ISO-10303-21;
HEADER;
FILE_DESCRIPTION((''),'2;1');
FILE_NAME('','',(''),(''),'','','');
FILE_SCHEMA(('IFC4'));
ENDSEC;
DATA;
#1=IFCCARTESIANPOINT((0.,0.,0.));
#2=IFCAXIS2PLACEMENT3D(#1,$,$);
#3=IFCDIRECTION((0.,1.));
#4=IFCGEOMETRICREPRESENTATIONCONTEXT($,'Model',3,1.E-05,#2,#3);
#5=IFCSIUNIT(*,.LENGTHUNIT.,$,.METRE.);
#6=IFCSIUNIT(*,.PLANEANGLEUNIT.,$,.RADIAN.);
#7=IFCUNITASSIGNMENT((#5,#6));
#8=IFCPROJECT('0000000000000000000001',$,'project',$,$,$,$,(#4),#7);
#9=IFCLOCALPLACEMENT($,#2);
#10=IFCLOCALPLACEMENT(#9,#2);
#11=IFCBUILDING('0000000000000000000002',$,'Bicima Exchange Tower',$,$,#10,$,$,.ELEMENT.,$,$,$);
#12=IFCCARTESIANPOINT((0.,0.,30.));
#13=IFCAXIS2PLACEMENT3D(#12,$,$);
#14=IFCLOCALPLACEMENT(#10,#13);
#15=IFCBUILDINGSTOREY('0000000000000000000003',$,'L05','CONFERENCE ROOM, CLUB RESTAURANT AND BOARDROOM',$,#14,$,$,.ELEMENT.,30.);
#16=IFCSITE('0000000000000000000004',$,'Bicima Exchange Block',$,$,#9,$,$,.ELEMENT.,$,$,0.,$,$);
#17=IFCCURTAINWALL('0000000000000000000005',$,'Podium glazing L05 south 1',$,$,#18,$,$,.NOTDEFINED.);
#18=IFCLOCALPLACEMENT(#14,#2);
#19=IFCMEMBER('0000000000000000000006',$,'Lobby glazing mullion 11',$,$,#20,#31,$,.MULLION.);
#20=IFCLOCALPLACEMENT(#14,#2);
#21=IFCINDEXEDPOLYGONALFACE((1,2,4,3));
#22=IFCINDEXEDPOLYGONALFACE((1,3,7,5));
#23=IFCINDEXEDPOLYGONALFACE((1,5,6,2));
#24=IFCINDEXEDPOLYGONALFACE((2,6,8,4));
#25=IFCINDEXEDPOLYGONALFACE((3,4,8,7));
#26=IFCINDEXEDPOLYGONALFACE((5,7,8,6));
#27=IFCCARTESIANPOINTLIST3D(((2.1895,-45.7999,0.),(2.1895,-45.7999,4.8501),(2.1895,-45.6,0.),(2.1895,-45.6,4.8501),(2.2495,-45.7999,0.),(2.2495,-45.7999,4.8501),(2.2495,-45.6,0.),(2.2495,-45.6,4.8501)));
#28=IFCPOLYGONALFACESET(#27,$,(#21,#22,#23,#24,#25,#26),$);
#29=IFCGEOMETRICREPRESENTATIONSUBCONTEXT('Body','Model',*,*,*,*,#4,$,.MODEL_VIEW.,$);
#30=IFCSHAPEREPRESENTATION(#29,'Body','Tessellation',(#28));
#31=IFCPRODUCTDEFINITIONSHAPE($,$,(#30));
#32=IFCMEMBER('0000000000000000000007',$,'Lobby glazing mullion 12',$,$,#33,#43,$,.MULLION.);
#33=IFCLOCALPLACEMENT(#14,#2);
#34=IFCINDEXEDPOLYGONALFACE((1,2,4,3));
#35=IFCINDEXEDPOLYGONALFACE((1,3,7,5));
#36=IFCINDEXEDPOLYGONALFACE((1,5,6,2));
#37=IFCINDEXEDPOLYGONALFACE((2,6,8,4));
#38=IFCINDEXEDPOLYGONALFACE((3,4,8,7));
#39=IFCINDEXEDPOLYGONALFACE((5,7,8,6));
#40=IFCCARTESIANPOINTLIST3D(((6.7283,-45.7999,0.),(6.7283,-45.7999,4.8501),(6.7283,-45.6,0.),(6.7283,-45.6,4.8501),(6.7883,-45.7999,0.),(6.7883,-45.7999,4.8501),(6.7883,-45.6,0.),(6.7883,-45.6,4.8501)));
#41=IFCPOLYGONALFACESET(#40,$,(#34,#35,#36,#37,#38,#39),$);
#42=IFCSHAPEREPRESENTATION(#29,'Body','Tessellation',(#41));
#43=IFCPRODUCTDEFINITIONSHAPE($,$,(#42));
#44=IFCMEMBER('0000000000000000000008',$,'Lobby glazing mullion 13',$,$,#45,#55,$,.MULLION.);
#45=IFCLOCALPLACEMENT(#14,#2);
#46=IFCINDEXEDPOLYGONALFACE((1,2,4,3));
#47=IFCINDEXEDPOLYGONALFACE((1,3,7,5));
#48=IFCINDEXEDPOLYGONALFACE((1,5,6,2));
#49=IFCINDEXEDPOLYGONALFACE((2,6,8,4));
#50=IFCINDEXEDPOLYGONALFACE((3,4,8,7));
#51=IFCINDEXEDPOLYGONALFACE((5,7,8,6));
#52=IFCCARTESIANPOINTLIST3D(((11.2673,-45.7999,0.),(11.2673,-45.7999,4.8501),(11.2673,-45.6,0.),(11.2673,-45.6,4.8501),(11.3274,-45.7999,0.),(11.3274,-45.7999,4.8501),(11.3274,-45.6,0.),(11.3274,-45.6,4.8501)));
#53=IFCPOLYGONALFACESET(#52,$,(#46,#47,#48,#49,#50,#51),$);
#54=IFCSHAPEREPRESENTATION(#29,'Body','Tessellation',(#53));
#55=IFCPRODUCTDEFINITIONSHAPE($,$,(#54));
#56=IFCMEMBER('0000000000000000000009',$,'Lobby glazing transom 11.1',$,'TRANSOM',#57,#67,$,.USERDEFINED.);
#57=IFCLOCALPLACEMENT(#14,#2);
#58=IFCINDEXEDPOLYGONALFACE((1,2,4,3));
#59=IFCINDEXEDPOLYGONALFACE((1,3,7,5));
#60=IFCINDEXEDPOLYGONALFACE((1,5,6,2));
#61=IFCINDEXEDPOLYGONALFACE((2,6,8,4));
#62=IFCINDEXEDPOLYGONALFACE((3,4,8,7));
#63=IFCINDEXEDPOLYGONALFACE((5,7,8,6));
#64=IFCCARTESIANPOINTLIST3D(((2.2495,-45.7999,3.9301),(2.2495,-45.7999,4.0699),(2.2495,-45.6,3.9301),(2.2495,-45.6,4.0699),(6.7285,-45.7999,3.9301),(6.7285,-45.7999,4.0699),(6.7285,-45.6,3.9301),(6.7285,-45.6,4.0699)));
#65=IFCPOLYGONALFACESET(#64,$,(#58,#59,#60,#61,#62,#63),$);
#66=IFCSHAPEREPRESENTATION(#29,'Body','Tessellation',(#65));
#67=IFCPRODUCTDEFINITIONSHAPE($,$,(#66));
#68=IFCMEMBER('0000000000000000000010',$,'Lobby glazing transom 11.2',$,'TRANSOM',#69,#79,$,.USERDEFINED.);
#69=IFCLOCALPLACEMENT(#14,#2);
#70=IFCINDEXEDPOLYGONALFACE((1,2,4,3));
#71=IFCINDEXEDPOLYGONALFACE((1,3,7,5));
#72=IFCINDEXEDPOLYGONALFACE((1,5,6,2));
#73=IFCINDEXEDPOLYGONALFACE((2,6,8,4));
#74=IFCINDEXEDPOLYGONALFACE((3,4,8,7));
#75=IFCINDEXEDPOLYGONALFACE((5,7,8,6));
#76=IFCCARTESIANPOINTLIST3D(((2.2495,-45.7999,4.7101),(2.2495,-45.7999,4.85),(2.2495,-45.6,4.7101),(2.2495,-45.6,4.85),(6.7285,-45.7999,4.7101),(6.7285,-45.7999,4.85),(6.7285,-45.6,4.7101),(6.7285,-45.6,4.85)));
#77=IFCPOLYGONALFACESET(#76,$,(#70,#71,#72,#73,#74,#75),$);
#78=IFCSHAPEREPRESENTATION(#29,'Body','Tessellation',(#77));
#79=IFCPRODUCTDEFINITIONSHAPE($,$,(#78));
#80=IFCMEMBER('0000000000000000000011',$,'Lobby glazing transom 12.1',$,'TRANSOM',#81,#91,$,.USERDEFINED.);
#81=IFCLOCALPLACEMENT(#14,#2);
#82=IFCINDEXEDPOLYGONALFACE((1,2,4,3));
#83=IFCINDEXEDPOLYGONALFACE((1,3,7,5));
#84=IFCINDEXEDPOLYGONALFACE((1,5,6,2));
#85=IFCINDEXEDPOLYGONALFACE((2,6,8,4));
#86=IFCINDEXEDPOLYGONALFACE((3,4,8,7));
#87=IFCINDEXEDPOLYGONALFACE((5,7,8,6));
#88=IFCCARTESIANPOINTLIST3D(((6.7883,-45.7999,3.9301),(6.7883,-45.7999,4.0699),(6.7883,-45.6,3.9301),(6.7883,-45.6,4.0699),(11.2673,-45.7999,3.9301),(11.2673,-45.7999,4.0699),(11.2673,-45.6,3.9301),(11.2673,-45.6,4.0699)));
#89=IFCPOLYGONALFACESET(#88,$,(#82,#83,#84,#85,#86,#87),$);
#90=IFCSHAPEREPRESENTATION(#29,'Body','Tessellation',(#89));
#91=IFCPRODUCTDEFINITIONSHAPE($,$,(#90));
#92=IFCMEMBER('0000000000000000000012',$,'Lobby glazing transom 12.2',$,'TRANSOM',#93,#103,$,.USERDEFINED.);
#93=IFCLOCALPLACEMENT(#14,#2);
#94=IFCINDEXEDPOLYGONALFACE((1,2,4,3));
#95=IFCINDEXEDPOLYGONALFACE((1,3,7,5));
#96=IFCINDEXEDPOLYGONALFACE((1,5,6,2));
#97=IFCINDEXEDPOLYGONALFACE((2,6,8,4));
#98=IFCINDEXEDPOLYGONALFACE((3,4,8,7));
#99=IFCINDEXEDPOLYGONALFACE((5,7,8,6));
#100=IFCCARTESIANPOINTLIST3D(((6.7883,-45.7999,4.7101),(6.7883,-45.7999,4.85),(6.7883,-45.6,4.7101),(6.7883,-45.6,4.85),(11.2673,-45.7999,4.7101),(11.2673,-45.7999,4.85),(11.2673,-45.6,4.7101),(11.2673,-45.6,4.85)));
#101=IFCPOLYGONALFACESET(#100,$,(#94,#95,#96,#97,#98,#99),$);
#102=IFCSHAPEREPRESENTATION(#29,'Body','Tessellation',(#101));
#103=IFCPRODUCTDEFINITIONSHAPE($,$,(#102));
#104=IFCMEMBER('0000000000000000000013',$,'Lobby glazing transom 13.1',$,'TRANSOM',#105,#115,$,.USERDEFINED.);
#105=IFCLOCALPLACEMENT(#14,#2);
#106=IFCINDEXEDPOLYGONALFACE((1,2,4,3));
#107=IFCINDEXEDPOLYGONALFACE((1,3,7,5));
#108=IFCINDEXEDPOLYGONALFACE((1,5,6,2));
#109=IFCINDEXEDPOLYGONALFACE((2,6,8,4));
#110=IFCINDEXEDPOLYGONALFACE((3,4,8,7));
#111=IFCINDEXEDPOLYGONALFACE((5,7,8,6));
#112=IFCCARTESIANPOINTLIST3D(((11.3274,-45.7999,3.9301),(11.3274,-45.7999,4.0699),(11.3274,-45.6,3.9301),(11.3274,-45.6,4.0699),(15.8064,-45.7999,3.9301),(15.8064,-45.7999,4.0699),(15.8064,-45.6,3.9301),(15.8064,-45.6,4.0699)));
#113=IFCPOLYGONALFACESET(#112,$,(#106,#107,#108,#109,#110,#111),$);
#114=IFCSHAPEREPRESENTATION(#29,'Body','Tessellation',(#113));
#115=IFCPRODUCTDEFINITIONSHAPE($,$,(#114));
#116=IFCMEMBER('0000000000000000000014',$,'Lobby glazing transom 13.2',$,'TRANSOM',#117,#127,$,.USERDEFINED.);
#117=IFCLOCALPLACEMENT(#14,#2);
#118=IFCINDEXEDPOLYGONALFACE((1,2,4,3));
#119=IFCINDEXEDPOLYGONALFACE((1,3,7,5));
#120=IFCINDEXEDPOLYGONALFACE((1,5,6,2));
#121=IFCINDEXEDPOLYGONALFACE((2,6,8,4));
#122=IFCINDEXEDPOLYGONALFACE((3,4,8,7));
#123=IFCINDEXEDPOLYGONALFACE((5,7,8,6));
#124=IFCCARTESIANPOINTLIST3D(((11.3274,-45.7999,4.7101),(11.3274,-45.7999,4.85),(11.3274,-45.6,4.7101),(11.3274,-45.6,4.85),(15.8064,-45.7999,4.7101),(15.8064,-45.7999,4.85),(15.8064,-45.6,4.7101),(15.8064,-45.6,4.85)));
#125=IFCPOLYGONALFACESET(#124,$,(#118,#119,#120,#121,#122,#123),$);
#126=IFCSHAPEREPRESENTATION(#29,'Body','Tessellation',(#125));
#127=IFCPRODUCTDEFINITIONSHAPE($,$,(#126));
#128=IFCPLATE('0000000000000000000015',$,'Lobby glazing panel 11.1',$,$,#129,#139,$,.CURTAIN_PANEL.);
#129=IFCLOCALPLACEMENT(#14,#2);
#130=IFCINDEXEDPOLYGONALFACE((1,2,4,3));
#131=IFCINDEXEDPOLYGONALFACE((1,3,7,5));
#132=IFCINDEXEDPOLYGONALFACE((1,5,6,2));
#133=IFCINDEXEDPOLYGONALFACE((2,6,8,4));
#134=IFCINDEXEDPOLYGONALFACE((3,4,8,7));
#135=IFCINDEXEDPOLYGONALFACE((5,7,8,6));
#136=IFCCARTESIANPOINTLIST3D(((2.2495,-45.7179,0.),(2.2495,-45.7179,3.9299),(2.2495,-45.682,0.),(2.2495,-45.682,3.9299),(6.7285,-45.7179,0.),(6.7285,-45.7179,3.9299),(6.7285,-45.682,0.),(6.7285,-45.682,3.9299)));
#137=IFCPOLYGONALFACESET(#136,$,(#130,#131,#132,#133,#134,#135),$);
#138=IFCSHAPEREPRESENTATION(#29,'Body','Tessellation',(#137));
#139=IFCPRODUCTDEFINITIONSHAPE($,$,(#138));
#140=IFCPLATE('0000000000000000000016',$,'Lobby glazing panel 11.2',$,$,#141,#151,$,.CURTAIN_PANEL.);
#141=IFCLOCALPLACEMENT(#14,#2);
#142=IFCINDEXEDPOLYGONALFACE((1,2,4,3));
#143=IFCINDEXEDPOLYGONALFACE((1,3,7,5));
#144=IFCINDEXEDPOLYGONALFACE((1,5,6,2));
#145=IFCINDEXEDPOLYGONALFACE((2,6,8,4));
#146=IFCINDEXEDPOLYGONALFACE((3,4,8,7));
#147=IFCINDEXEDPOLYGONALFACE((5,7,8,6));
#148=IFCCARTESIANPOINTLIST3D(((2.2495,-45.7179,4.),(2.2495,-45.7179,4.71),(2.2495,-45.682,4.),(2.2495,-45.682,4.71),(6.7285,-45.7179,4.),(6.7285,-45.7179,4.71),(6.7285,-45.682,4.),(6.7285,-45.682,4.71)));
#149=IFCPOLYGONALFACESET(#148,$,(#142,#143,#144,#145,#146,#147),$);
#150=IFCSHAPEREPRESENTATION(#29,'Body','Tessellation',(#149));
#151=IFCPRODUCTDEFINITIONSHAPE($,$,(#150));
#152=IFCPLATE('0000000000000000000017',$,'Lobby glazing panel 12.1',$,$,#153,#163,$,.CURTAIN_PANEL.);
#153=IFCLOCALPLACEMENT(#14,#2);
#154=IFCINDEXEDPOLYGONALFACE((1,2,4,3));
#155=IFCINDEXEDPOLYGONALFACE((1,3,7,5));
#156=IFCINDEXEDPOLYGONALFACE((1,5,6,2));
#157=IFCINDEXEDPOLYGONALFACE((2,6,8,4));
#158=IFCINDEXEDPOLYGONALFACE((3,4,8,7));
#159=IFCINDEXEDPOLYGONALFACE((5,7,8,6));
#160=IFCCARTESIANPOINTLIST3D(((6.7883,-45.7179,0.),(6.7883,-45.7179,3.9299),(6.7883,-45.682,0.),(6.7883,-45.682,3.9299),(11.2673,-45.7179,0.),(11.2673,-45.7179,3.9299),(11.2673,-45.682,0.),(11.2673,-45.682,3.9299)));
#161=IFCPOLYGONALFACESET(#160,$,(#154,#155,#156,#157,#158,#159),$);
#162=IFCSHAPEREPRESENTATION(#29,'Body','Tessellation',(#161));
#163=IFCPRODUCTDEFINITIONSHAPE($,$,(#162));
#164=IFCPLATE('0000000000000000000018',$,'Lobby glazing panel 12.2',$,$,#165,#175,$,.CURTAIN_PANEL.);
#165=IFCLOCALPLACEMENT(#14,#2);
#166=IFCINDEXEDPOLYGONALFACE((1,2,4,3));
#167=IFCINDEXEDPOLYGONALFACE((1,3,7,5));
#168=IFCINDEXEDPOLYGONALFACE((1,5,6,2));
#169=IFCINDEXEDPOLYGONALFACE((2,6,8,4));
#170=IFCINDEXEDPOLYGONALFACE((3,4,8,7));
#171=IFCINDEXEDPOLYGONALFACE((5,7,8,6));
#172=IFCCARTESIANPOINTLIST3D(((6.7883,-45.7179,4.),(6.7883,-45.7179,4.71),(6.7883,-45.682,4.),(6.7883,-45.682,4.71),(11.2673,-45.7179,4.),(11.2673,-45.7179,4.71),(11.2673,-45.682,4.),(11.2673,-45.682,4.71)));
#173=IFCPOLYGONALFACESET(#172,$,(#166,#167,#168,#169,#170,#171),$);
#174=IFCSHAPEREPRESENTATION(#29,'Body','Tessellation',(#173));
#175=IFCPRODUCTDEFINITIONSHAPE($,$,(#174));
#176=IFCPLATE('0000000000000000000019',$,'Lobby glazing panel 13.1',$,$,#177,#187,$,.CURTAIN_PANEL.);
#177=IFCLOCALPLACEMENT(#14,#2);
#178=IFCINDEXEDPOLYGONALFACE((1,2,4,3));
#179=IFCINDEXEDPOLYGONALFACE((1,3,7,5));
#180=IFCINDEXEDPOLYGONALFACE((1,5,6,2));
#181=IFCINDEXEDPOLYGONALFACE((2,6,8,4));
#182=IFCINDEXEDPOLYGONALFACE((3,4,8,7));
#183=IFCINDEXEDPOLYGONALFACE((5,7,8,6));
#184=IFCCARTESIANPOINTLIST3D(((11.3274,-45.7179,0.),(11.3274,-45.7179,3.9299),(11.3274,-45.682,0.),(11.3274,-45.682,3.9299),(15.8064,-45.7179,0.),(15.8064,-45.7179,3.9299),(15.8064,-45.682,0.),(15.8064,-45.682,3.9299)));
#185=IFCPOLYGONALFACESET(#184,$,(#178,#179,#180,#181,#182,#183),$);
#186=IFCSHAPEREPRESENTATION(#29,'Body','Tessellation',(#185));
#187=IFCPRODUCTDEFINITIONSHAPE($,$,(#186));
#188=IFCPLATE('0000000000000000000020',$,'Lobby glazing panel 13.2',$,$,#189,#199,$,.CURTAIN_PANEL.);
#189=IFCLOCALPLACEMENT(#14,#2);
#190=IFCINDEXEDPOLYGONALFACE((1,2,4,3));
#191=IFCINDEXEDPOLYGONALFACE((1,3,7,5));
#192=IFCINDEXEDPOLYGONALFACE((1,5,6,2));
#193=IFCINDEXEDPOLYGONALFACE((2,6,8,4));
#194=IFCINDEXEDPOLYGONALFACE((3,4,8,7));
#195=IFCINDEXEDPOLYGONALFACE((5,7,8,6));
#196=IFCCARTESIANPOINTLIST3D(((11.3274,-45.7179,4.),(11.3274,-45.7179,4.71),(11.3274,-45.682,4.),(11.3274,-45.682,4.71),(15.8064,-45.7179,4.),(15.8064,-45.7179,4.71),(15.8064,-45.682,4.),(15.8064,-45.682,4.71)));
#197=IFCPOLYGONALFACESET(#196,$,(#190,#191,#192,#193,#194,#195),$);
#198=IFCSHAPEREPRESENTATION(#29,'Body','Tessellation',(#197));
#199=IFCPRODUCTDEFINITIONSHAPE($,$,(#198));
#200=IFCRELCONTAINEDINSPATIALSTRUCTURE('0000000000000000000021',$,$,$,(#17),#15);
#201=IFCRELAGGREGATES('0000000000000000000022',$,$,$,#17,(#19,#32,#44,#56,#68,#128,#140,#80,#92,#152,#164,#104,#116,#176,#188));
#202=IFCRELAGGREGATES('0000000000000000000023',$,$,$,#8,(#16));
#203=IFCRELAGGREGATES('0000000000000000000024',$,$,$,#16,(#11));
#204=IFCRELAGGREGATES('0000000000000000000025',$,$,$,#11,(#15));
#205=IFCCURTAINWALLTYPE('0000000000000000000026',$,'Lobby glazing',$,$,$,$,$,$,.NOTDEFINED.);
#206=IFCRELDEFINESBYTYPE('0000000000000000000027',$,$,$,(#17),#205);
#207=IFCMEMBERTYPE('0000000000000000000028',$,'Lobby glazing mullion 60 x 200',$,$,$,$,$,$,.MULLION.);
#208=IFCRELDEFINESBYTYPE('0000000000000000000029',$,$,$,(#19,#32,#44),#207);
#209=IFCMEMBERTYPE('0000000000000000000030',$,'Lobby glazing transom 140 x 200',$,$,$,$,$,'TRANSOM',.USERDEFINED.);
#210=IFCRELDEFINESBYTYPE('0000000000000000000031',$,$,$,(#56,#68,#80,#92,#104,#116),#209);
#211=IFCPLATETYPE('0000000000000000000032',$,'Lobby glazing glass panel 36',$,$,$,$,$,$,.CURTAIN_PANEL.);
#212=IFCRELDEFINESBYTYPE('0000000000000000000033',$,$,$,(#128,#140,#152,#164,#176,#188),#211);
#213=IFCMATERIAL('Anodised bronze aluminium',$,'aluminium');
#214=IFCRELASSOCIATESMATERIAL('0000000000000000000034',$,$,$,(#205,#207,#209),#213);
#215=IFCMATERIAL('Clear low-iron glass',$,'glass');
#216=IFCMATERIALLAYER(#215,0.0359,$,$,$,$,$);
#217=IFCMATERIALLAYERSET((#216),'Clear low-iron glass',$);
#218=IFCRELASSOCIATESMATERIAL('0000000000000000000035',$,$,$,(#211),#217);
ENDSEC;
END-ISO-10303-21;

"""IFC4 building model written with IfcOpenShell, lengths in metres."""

from ifc_helpers import new_model, si_unit, direction, frame, origin, origin_2d, place, context, subcontext, project, spatial, rectangle, extrude, material, layer, layer_set, material_profile, profile_set, type_object, element, aggregate, save


model = new_model("IFC4")

# Units and contexts
model_context = context("Model", 3, precision=1e-05, world=origin(), true_north=direction((0.0, 1.0)))
body_context = subcontext(model_context, "Body", "Model", "MODEL_VIEW")
ifc_project = project(units=[si_unit("LENGTHUNIT", "METRE"), si_unit("PLANEANGLEUNIT", "RADIAN")], contexts=[model_context])

# Site, building, storey
site_placement = place(None, origin())
site = spatial("IfcSite", under=ifc_project, at=site_placement, Name="Bicima Exchange Block", CompositionType="ELEMENT", RefElevation=0.0)
building_placement = place(site_placement, origin())
building = spatial("IfcBuilding", under=site, at=building_placement, Name="Bicima Exchange Tower", CompositionType="ELEMENT")
storey_placement = place(building_placement, frame((0.0, 0.0, 30.0)))
storey = spatial("IfcBuildingStorey", under=building, at=storey_placement, Name="L05", Description="CONFERENCE ROOM, CLUB RESTAURANT AND BOARDROOM", CompositionType="ELEMENT", Elevation=30.0)

# Curtain wall, members, plates
ifc_material_1 = material(Name="Anodised bronze aluminium", Category="aluminium")
curtain_wall_type = type_object("IfcCurtainWallType", Name="Lobby glazing", PredefinedType="NOTDEFINED", material=ifc_material_1)
curtain_wall_placement = place(storey_placement, origin())
curtain_wall = element("IfcCurtainWall", 1, at=curtain_wall_placement, inside=storey, type_object=curtain_wall_type, Name="Podium glazing L05 south 1", PredefinedType="NOTDEFINED")
ifc_material_profile_1 = material_profile(ifc_material_1, rectangle(XDim=0.2, YDim=0.0601, at=origin_2d()))
ifc_profile_set_1 = profile_set([ifc_material_profile_1], Name="Anodised bronze aluminium")
member_type_1 = type_object("IfcMemberType", Name="Lobby glazing mullion 60 x 200", PredefinedType="MULLION", material=ifc_profile_set_1)
member_1_placement = place(storey_placement, frame((2.2195, -45.7, 0.0), z_axis=(0.0, 0.0, 1.0), x_axis=(0.0, 1.0, 0.0)))
member_1 = element("IfcMember", 2, at=member_1_placement, type_object=member_type_1, Name="Lobby glazing mullion 11", PredefinedType="MULLION", context=body_context, shape_type="SweptSolid", body=[
    extrude(rectangle(XDim=0.2, YDim=0.0601, at=origin_2d()), origin(), (0.0, 0.0, 1.0), 4.8501),
])
member_2_placement = place(storey_placement, frame((6.7583, -45.7, 0.0), z_axis=(0.0, 0.0, 1.0), x_axis=(0.0, 1.0, 0.0)))
member_2 = element("IfcMember", 3, at=member_2_placement, type_object=member_type_1, Name="Lobby glazing mullion 12", PredefinedType="MULLION", context=body_context, shape_type="SweptSolid", body=[
    extrude(rectangle(XDim=0.2, YDim=0.0601, at=origin_2d()), origin(), (0.0, 0.0, 1.0), 4.8501),
])
member_3_placement = place(storey_placement, frame((11.2974, -45.7, 0.0), z_axis=(0.0, 0.0, 1.0), x_axis=(0.0, 1.0, 0.0)))
member_3 = element("IfcMember", 4, at=member_3_placement, type_object=member_type_1, Name="Lobby glazing mullion 13", PredefinedType="MULLION", context=body_context, shape_type="SweptSolid", body=[
    extrude(rectangle(XDim=0.2, YDim=0.0601, at=origin_2d()), origin(), (0.0, 0.0, 1.0), 4.8501),
])
ifc_material_profile_2 = material_profile(ifc_material_1, rectangle(XDim=0.2, YDim=0.1399, at=origin_2d()))
ifc_profile_set_2 = profile_set([ifc_material_profile_2], Name="Anodised bronze aluminium")
member_type_2 = type_object("IfcMemberType", Name="Lobby glazing transom 140 x 200", ElementType="TRANSOM", PredefinedType="USERDEFINED", material=ifc_profile_set_2)
member_4_placement = place(storey_placement, frame((2.2495, -45.7, 4.0), z_axis=(1.0, 0.0, 0.0), x_axis=(0.0, 1.0, 0.0)))
member_4 = element("IfcMember", 5, at=member_4_placement, type_object=member_type_2, Name="Lobby glazing transom 11.1", ObjectType="TRANSOM", PredefinedType="USERDEFINED", context=body_context, shape_type="SweptSolid", body=[
    extrude(rectangle(XDim=0.2, YDim=0.1399, at=origin_2d()), origin(), (0.0, 0.0, 1.0), 4.479),
])
member_5_placement = place(storey_placement, frame((2.2495, -45.7, 4.78), z_axis=(1.0, 0.0, 0.0), x_axis=(0.0, 1.0, 0.0)))
member_5 = element("IfcMember", 6, at=member_5_placement, type_object=member_type_2, Name="Lobby glazing transom 11.2", ObjectType="TRANSOM", PredefinedType="USERDEFINED", context=body_context, shape_type="SweptSolid", body=[
    extrude(rectangle(XDim=0.2, YDim=0.1399, at=origin_2d()), origin(), (0.0, 0.0, 1.0), 4.479),
])
member_6_placement = place(storey_placement, frame((6.7883, -45.7, 4.0), z_axis=(1.0, 0.0, 0.0), x_axis=(0.0, 1.0, 0.0)))
member_6 = element("IfcMember", 7, at=member_6_placement, type_object=member_type_2, Name="Lobby glazing transom 12.1", ObjectType="TRANSOM", PredefinedType="USERDEFINED", context=body_context, shape_type="SweptSolid", body=[
    extrude(rectangle(XDim=0.2, YDim=0.1399, at=origin_2d()), origin(), (0.0, 0.0, 1.0), 4.479),
])
member_7_placement = place(storey_placement, frame((6.7883, -45.7, 4.78), z_axis=(1.0, 0.0, 0.0), x_axis=(0.0, 1.0, 0.0)))
member_7 = element("IfcMember", 8, at=member_7_placement, type_object=member_type_2, Name="Lobby glazing transom 12.2", ObjectType="TRANSOM", PredefinedType="USERDEFINED", context=body_context, shape_type="SweptSolid", body=[
    extrude(rectangle(XDim=0.2, YDim=0.1399, at=origin_2d()), origin(), (0.0, 0.0, 1.0), 4.479),
])
member_8_placement = place(storey_placement, frame((11.3274, -45.7, 4.0), z_axis=(1.0, 0.0, 0.0), x_axis=(0.0, 1.0, 0.0)))
member_8 = element("IfcMember", 9, at=member_8_placement, type_object=member_type_2, Name="Lobby glazing transom 13.1", ObjectType="TRANSOM", PredefinedType="USERDEFINED", context=body_context, shape_type="SweptSolid", body=[
    extrude(rectangle(XDim=0.2, YDim=0.1399, at=origin_2d()), origin(), (0.0, 0.0, 1.0), 4.479),
])
member_9_placement = place(storey_placement, frame((11.3274, -45.7, 4.78), z_axis=(1.0, 0.0, 0.0), x_axis=(0.0, 1.0, 0.0)))
member_9 = element("IfcMember", 10, at=member_9_placement, type_object=member_type_2, Name="Lobby glazing transom 13.2", ObjectType="TRANSOM", PredefinedType="USERDEFINED", context=body_context, shape_type="SweptSolid", body=[
    extrude(rectangle(XDim=0.2, YDim=0.1399, at=origin_2d()), origin(), (0.0, 0.0, 1.0), 4.479),
])
ifc_material_2 = material(Name="Clear low-iron glass", Category="glass")
ifc_layer = layer(ifc_material_2, 0.0359)
ifc_layer_set = layer_set([ifc_layer], Name="Clear low-iron glass")
plate_type = type_object("IfcPlateType", Name="Lobby glazing glass panel 36", PredefinedType="CURTAIN_PANEL", material=ifc_layer_set)
plate_1_placement = place(storey_placement, frame((4.489, -45.7, 0.0), z_axis=(0.0, 0.0, 1.0), x_axis=(1.0, 0.0, 0.0)))
plate_1 = element("IfcPlate", 11, at=plate_1_placement, type_object=plate_type, Name="Lobby glazing panel 11.1", PredefinedType="CURTAIN_PANEL", context=body_context, shape_type="SweptSolid", body=[
    extrude(rectangle(XDim=4.479, YDim=0.0359, at=origin_2d()), origin(), (0.0, 0.0, 1.0), 3.9299),
])
plate_2_placement = place(storey_placement, frame((4.489, -45.7, 4.0), z_axis=(0.0, 0.0, 1.0), x_axis=(1.0, 0.0, 0.0)))
plate_2 = element("IfcPlate", 12, at=plate_2_placement, type_object=plate_type, Name="Lobby glazing panel 11.2", PredefinedType="CURTAIN_PANEL", context=body_context, shape_type="SweptSolid", body=[
    extrude(rectangle(XDim=4.479, YDim=0.0359, at=origin_2d()), origin(), (0.0, 0.0, 1.0), 0.71),
])
plate_3_placement = place(storey_placement, frame((9.0278, -45.7, 0.0), z_axis=(0.0, 0.0, 1.0), x_axis=(1.0, 0.0, 0.0)))
plate_3 = element("IfcPlate", 13, at=plate_3_placement, type_object=plate_type, Name="Lobby glazing panel 12.1", PredefinedType="CURTAIN_PANEL", context=body_context, shape_type="SweptSolid", body=[
    extrude(rectangle(XDim=4.479, YDim=0.0359, at=origin_2d()), origin(), (0.0, 0.0, 1.0), 3.9299),
])
plate_4_placement = place(storey_placement, frame((9.0278, -45.7, 4.0), z_axis=(0.0, 0.0, 1.0), x_axis=(1.0, 0.0, 0.0)))
plate_4 = element("IfcPlate", 14, at=plate_4_placement, type_object=plate_type, Name="Lobby glazing panel 12.2", PredefinedType="CURTAIN_PANEL", context=body_context, shape_type="SweptSolid", body=[
    extrude(rectangle(XDim=4.479, YDim=0.0359, at=origin_2d()), origin(), (0.0, 0.0, 1.0), 0.71),
])
plate_5_placement = place(storey_placement, frame((13.5669, -45.7, 0.0), z_axis=(0.0, 0.0, 1.0), x_axis=(1.0, 0.0, 0.0)))
plate_5 = element("IfcPlate", 15, at=plate_5_placement, type_object=plate_type, Name="Lobby glazing panel 13.1", PredefinedType="CURTAIN_PANEL", context=body_context, shape_type="SweptSolid", body=[
    extrude(rectangle(XDim=4.479, YDim=0.0359, at=origin_2d()), origin(), (0.0, 0.0, 1.0), 3.9299),
])
plate_6_placement = place(storey_placement, frame((13.5669, -45.7, 4.0), z_axis=(0.0, 0.0, 1.0), x_axis=(1.0, 0.0, 0.0)))
plate_6 = element("IfcPlate", 16, at=plate_6_placement, type_object=plate_type, Name="Lobby glazing panel 13.2", PredefinedType="CURTAIN_PANEL", context=body_context, shape_type="SweptSolid", body=[
    extrude(rectangle(XDim=4.479, YDim=0.0359, at=origin_2d()), origin(), (0.0, 0.0, 1.0), 0.71),
])
aggregate(curtain_wall, [member_1, member_2, member_3, member_4, member_5, plate_1, plate_2, member_6, member_7, plate_3, plate_4, member_8, member_9, plate_5, plate_6])

save(model, "model.ifc")
